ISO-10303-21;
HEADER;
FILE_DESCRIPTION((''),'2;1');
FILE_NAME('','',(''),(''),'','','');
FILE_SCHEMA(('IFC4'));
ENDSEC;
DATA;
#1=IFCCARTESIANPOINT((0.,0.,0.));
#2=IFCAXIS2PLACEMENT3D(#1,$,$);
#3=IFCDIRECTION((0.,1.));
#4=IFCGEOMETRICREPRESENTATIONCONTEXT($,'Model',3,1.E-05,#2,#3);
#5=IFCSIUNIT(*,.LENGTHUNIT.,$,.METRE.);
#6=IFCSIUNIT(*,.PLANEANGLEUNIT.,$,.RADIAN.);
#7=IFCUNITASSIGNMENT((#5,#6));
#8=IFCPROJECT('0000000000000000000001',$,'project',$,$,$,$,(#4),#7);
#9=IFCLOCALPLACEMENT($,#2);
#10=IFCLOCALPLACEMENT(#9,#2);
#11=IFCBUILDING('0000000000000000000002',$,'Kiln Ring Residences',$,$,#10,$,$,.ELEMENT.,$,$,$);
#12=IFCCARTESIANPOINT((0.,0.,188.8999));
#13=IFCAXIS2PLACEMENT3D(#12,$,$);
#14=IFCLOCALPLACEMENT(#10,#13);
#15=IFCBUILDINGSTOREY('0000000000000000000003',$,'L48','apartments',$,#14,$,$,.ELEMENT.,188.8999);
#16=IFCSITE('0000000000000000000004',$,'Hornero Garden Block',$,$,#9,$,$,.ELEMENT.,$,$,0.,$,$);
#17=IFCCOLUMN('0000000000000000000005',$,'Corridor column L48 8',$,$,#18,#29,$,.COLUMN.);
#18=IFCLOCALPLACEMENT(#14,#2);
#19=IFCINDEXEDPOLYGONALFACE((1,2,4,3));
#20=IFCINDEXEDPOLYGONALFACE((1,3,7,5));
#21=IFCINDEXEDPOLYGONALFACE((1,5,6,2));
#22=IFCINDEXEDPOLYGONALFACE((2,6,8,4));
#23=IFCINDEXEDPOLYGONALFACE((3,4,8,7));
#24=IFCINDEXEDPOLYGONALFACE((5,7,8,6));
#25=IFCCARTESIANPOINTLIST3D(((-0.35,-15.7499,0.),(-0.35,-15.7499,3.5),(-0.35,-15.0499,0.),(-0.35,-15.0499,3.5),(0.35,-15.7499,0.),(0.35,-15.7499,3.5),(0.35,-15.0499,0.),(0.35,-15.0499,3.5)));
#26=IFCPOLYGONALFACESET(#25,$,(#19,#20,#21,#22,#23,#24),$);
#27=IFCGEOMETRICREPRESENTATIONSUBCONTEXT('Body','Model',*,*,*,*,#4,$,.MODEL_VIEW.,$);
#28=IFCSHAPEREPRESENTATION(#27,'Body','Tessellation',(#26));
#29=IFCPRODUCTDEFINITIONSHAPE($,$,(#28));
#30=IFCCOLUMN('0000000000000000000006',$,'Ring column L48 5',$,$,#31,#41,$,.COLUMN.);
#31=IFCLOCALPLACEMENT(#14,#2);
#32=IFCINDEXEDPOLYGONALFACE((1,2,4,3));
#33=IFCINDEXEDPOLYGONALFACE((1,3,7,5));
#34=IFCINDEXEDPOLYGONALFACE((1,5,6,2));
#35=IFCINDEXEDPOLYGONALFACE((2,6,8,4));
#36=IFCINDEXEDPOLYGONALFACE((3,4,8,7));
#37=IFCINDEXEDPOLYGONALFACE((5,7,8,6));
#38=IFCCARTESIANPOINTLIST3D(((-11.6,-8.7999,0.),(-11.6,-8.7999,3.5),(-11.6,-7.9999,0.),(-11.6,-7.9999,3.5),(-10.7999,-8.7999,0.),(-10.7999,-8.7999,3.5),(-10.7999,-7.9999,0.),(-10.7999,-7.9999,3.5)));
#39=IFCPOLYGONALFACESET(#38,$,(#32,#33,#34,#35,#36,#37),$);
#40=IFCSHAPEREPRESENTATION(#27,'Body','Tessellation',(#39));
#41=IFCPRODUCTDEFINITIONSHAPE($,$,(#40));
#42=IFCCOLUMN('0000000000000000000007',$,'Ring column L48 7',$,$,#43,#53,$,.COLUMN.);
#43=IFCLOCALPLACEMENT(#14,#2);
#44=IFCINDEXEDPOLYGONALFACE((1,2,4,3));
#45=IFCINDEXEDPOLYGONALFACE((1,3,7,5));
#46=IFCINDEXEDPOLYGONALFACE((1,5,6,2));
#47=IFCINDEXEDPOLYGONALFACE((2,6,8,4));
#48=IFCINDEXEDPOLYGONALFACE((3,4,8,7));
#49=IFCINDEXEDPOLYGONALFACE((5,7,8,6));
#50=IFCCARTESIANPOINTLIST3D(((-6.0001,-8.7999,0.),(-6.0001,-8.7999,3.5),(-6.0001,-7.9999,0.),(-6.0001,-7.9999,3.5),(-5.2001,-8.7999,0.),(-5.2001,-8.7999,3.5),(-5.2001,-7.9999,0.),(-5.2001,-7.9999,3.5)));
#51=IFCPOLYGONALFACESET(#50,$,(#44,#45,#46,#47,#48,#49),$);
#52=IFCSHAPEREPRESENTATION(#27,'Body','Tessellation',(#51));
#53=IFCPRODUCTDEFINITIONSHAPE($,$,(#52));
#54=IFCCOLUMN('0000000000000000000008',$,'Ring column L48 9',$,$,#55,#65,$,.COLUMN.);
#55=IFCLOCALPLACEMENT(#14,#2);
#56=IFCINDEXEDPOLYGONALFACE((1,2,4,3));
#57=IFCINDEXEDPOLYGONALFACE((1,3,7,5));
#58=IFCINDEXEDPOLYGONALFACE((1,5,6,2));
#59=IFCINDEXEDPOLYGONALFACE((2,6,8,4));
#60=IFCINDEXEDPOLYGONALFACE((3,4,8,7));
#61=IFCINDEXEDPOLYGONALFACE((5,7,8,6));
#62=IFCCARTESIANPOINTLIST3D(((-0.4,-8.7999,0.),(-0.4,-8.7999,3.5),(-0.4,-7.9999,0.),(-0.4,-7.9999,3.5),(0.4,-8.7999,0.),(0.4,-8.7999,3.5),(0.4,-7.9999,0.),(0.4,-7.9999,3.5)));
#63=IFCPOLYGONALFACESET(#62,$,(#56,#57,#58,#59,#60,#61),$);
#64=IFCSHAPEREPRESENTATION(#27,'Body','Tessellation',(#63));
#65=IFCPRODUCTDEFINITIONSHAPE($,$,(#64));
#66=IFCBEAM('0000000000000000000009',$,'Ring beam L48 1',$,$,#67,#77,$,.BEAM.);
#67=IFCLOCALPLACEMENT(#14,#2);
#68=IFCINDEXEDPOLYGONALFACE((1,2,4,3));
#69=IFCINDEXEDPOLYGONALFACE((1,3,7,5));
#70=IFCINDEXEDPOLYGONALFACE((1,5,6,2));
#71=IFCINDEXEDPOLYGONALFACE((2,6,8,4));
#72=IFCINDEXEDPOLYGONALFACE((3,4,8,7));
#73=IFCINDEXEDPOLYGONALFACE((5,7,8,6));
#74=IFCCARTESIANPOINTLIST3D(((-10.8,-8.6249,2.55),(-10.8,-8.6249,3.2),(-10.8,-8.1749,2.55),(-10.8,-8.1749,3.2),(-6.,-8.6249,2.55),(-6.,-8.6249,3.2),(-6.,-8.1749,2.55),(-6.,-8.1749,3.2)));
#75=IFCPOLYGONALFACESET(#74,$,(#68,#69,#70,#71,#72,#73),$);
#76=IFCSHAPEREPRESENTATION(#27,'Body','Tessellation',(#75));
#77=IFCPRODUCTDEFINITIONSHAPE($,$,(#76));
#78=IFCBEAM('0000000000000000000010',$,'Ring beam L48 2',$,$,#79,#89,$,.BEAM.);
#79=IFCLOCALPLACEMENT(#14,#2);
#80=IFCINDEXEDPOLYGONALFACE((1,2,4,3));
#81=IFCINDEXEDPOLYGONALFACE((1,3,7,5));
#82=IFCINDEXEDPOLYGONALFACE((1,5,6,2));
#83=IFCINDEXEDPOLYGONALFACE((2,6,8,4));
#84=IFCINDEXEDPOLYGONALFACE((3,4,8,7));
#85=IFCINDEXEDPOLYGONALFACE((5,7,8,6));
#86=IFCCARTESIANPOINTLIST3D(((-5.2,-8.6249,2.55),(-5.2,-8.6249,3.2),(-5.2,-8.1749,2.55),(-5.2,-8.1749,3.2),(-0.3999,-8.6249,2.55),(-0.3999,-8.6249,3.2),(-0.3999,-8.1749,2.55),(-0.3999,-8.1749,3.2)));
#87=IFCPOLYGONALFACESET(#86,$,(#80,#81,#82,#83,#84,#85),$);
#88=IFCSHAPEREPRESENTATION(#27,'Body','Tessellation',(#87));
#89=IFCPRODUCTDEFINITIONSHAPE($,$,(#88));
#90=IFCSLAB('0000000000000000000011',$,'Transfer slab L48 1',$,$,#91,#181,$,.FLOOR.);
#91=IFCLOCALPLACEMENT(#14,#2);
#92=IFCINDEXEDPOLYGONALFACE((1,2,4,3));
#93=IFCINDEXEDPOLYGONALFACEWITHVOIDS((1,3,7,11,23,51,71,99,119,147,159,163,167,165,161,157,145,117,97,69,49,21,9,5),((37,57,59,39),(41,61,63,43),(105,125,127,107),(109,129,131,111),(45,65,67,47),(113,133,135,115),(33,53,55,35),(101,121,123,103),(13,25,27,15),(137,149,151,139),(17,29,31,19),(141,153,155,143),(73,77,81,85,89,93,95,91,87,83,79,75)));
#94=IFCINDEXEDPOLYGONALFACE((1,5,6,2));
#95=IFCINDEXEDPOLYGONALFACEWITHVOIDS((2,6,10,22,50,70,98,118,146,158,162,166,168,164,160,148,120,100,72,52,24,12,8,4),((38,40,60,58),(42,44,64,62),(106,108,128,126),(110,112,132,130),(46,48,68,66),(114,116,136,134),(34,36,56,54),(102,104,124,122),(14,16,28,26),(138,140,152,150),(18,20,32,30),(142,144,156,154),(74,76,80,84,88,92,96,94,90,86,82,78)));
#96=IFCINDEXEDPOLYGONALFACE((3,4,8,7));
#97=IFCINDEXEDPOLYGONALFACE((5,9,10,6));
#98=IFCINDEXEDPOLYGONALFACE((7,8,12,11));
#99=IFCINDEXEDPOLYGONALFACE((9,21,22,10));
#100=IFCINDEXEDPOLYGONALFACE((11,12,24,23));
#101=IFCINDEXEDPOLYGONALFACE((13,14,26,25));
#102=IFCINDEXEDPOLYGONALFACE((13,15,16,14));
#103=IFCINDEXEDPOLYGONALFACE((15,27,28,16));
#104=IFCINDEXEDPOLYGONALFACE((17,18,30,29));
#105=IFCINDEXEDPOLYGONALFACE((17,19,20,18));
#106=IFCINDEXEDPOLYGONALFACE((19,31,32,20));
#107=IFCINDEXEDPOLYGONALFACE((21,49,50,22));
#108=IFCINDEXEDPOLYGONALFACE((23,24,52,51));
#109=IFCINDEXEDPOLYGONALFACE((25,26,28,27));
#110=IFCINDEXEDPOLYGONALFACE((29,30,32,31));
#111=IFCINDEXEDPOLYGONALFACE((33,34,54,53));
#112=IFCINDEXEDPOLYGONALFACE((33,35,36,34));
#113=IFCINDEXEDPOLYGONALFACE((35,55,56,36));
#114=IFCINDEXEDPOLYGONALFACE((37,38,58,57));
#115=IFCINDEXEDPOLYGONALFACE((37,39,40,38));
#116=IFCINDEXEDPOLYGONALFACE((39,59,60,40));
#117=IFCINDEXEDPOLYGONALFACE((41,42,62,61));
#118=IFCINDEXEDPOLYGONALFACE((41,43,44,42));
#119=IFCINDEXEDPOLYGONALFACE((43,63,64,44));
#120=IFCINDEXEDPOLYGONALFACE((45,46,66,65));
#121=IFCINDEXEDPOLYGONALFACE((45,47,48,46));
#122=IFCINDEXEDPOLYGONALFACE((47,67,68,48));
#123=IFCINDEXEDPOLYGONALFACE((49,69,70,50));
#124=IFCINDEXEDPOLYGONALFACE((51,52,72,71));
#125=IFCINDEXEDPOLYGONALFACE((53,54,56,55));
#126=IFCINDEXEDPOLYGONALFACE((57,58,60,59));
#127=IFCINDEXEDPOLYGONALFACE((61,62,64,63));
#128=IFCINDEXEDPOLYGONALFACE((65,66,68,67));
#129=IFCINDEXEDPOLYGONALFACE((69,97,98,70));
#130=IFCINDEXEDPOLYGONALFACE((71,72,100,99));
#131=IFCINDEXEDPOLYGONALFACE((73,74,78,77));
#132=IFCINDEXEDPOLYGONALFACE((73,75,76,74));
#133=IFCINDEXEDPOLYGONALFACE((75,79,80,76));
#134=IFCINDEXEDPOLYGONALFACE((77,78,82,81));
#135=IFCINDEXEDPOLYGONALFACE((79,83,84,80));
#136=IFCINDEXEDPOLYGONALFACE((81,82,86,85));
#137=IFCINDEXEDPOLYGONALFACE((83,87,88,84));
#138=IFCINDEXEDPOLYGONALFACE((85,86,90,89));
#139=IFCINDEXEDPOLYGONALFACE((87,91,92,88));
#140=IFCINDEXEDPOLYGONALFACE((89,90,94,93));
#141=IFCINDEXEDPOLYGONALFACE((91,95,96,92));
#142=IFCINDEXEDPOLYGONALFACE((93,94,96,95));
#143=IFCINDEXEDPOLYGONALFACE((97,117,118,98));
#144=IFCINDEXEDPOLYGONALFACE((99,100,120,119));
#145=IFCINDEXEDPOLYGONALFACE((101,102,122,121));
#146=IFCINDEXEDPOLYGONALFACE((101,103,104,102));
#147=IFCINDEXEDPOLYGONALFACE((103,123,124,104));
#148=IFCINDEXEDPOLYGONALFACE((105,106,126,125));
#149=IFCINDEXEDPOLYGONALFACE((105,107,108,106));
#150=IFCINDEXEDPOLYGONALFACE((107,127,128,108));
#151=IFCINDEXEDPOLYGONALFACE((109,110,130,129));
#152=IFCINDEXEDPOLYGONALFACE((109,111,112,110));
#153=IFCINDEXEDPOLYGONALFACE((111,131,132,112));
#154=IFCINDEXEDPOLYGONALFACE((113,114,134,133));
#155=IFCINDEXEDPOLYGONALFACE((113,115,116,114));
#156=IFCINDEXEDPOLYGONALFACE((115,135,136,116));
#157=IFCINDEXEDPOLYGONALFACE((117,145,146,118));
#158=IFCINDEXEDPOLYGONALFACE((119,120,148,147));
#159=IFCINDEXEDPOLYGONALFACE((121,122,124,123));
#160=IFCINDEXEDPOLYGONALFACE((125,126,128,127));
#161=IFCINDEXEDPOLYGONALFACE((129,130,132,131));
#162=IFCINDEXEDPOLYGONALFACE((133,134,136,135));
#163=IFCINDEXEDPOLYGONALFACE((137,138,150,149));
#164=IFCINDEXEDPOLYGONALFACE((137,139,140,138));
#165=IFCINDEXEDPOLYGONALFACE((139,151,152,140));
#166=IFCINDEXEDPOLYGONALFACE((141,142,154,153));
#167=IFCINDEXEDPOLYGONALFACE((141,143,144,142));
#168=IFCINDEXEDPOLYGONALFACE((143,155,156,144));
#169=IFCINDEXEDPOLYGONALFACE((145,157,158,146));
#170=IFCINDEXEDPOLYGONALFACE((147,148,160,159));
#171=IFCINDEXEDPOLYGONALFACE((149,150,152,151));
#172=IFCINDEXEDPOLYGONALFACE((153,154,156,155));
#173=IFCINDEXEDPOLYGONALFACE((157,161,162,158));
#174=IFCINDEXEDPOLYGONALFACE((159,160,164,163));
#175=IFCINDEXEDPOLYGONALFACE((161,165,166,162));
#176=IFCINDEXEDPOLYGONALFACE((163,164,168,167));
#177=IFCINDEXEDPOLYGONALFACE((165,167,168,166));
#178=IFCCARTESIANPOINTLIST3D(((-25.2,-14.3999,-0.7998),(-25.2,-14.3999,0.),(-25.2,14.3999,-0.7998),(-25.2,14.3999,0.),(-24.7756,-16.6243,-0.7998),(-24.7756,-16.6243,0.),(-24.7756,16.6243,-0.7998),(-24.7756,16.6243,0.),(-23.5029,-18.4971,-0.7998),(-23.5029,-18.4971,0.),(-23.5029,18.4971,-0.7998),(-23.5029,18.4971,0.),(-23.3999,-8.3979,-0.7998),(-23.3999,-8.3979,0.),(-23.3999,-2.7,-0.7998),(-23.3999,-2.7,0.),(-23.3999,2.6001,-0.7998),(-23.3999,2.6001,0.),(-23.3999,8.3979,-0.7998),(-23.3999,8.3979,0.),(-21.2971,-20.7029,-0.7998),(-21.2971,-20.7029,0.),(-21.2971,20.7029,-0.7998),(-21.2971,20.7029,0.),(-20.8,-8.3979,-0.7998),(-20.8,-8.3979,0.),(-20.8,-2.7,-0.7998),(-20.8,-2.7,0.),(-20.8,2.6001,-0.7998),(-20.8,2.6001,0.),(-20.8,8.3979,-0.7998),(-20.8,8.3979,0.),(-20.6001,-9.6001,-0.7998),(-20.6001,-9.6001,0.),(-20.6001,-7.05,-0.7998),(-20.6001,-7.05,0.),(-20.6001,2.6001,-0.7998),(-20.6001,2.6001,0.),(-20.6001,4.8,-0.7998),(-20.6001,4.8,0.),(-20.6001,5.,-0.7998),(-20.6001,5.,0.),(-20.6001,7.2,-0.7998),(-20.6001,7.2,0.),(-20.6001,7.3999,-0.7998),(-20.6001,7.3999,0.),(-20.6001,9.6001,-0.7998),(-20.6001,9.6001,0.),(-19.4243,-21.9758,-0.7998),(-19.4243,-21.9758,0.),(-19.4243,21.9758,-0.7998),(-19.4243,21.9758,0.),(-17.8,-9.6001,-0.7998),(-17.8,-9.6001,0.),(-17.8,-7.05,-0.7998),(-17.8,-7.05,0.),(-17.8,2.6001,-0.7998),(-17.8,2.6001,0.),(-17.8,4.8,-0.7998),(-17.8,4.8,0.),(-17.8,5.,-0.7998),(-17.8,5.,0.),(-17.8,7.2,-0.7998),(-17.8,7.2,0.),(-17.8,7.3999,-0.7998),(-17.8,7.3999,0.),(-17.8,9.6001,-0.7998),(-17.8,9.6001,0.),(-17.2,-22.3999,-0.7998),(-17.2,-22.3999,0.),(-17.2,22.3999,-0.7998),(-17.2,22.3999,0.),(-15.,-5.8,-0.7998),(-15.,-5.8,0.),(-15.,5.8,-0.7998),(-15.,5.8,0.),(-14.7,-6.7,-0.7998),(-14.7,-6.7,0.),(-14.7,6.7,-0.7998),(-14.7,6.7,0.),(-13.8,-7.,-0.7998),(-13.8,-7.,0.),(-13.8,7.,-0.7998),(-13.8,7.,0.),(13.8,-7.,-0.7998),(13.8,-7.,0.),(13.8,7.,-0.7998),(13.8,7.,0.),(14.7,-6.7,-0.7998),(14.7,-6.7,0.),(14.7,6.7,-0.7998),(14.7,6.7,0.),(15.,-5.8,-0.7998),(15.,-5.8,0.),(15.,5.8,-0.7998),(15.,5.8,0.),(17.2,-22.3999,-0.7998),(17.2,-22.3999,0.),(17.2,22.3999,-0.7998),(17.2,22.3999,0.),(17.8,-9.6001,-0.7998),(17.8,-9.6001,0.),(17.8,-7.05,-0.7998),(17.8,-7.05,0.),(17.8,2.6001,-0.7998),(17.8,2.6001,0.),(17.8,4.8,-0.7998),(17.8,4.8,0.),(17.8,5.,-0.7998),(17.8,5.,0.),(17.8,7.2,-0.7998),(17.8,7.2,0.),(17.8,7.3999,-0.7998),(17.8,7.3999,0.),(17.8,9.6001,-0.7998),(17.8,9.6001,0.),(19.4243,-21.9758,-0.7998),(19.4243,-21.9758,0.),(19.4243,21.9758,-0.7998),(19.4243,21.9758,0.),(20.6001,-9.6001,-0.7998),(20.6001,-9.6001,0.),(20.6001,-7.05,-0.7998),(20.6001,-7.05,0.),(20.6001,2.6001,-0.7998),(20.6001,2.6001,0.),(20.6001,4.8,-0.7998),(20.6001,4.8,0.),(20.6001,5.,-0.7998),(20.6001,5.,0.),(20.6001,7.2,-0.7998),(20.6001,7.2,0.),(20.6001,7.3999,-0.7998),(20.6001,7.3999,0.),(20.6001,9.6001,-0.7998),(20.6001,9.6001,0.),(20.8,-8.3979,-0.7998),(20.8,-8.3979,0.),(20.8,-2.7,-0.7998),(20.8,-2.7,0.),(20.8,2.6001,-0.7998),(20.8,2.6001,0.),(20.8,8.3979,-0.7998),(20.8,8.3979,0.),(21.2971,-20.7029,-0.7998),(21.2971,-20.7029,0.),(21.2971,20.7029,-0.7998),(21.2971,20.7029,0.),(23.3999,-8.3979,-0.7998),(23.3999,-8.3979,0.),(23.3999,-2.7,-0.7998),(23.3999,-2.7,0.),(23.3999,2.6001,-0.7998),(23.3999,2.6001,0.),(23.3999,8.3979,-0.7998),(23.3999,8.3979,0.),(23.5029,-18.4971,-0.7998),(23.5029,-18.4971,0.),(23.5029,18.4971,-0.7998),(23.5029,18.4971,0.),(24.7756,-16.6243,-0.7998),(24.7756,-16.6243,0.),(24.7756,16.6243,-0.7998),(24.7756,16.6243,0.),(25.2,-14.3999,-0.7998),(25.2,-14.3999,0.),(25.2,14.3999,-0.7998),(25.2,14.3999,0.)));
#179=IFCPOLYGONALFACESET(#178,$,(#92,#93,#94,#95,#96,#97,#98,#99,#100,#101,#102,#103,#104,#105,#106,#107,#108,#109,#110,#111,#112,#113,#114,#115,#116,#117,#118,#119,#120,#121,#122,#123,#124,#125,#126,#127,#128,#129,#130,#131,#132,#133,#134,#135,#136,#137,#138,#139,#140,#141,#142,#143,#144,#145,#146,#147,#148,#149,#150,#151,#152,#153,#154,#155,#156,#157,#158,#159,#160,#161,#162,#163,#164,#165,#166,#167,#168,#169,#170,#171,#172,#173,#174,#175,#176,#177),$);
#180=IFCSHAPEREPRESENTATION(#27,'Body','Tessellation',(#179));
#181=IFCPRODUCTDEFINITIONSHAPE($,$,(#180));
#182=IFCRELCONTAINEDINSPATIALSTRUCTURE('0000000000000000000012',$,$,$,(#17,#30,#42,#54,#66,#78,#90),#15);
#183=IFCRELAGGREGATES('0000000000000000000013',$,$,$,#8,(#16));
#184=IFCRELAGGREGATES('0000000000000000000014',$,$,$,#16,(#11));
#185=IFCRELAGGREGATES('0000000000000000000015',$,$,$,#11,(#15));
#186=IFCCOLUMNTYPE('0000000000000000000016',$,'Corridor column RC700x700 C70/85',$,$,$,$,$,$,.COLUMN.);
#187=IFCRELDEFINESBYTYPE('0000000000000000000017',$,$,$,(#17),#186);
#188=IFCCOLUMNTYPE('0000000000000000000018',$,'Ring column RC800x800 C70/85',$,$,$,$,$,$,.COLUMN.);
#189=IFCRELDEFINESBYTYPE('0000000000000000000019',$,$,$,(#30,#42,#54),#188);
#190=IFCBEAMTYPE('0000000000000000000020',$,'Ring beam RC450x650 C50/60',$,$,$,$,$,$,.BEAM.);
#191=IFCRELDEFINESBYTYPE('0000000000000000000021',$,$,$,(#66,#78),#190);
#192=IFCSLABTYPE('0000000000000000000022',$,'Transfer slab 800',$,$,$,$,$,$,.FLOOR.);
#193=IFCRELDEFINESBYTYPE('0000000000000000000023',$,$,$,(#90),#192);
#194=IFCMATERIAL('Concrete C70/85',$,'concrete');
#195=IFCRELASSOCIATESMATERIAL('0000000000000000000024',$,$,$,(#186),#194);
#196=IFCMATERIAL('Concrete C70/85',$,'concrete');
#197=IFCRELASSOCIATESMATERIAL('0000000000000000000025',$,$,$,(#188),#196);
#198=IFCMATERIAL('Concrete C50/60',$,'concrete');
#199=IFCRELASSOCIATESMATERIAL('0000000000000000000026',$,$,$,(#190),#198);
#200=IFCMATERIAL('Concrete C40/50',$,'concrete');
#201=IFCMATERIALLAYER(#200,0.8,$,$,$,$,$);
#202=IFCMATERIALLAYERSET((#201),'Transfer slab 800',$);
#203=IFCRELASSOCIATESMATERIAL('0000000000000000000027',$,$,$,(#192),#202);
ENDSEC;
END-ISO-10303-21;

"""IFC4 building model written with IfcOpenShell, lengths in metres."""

from ifc_helpers import new_model, si_unit, direction, frame, origin, origin_2d, place, context, subcontext, project, spatial, polyline, rectangle, outline, extrude, material, layer, layer_set, material_profile, profile_set, type_object, element, save


model = new_model("IFC4")

# Units and contexts
model_context = context("Model", 3, precision=1e-05, world=origin(), true_north=direction((0.0, 1.0)))
body_context = subcontext(model_context, "Body", "Model", "MODEL_VIEW")
ifc_project = project(units=[si_unit("LENGTHUNIT", "METRE"), si_unit("PLANEANGLEUNIT", "RADIAN")], contexts=[model_context])

# Site, building, storey
site_placement = place(None, origin())
site = spatial("IfcSite", under=ifc_project, at=site_placement, Name="Hornero Garden Block", CompositionType="ELEMENT", RefElevation=0.0)
building_placement = place(site_placement, origin())
building = spatial("IfcBuilding", under=site, at=building_placement, Name="Kiln Ring Residences", CompositionType="ELEMENT")
storey_placement = place(building_placement, frame((0.0, 0.0, 188.8999)))
storey = spatial("IfcBuildingStorey", under=building, at=storey_placement, Name="L48", Description="apartments", CompositionType="ELEMENT", Elevation=188.8999)

# Columns
ifc_material_1 = material(Name="Concrete C70/85", Category="concrete")
ifc_material_profile_1 = material_profile(ifc_material_1, rectangle(XDim=0.7, YDim=0.7, at=origin_2d()), Name="RC700x700")
ifc_profile_set_1 = profile_set([ifc_material_profile_1], Name="Concrete C70/85")
column_type_1 = type_object("IfcColumnType", Name="Corridor column RC700x700 C70/85", PredefinedType="COLUMN", material=ifc_profile_set_1)
column_placement = place(storey_placement, frame((0.0, -15.3999, 0.0), z_axis=(0.0, 0.0, 1.0), x_axis=(1.0, 0.0, 0.0)))
element("IfcColumn", 1, at=column_placement, inside=storey, type_object=column_type_1, Name="Corridor column L48 8", PredefinedType="COLUMN", context=body_context, shape_type="SweptSolid", body=[
    extrude(rectangle(XDim=0.7, YDim=0.7, at=origin_2d()), origin(), (0.0, 0.0, 1.0), 3.5),
])
ifc_material_2 = material(Name="Concrete C70/85", Category="concrete")
ifc_material_profile_2 = material_profile(ifc_material_2, rectangle(XDim=0.8, YDim=0.8, at=origin_2d()), Name="RC800x800")
ifc_profile_set_2 = profile_set([ifc_material_profile_2], Name="Concrete C70/85")
column_type_2 = type_object("IfcColumnType", Name="Ring column RC800x800 C70/85", PredefinedType="COLUMN", material=ifc_profile_set_2)
for number, where, z_axis, x_axis, name in (
    (2, (-11.2, -8.3999, 0.0), (0.0, 0.0, 1.0), (1.0, 0.0, 0.0), "Ring column L48 5"),
    (3, (-5.6001, -8.3999, 0.0), (0.0, 0.0, 1.0), (1.0, 0.0, 0.0), "Ring column L48 7"),
    (4, (0.0, -8.3999, 0.0), (0.0, 0.0, 1.0), (1.0, 0.0, 0.0), "Ring column L48 9"),
):
    element("IfcColumn", number, at=place(storey_placement, frame(where, z_axis=z_axis, x_axis=x_axis)), inside=storey, type_object=column_type_2, Name=name, PredefinedType="COLUMN", context=body_context, shape_type="SweptSolid", body=[
        extrude(rectangle(XDim=0.8, YDim=0.8, at=origin_2d()), origin(), (0.0, 0.0, 1.0), 3.5),
    ])

# Beams
ifc_material_3 = material(Name="Concrete C50/60", Category="concrete")
ifc_material_profile_3 = material_profile(ifc_material_3, rectangle(XDim=0.45, YDim=0.6499, at=origin_2d()), Name="RC450x650")
ifc_profile_set_3 = profile_set([ifc_material_profile_3], Name="Concrete C50/60")
beam_type = type_object("IfcBeamType", Name="Ring beam RC450x650 C50/60", PredefinedType="BEAM", material=ifc_profile_set_3)
for number, where, z_axis, x_axis, name in (
    (5, (-10.8, -8.3999, 2.875), (1.0, 0.0, 0.0), (0.0, 1.0, 0.0), "Ring beam L48 1"),
    (6, (-5.2, -8.3999, 2.875), (1.0, 0.0, 0.0), (0.0, 1.0, 0.0), "Ring beam L48 2"),
):
    element("IfcBeam", number, at=place(storey_placement, frame(where, z_axis=z_axis, x_axis=x_axis)), inside=storey, type_object=beam_type, Name=name, PredefinedType="BEAM", context=body_context, shape_type="SweptSolid", body=[
        extrude(rectangle(XDim=0.45, YDim=0.6499, at=origin_2d()), origin(), (0.0, 0.0, 1.0), 4.8),
    ])

# Slab
ifc_material_4 = material(Name="Concrete C40/50", Category="concrete")
ifc_layer_1 = layer(ifc_material_4, 0.8)
ifc_layer_set_1 = layer_set([ifc_layer_1], Name="Transfer slab 800")
slab_type = type_object("IfcSlabType", Name="Transfer slab 800", PredefinedType="FLOOR", material=ifc_layer_set_1)
slab_placement = place(storey_placement, frame((0.0, 0.0, -0.7998)))
element("IfcSlab", 7, at=slab_placement, inside=storey, type_object=slab_type, Name="Transfer slab L48 1", PredefinedType="FLOOR", context=body_context, shape_type="SweptSolid", body=[
    extrude(outline(polyline([(-23.5029, -18.4971), (-21.2971, -20.7029), (-19.4243, -21.9758), (-17.2, -22.3999), (17.2, -22.3999), (19.4243, -21.9758), (21.2971, -20.7029), (23.5029, -18.4971), (24.7756, -16.6243), (25.2, -14.3999), (25.2, 14.3999), (24.7756, 16.6243), (23.5029, 18.4971), (21.2971, 20.7029), (19.4243, 21.9758), (17.2, 22.3999), (-17.2, 22.3999), (-19.4243, 21.9758), (-21.2971, 20.7029), (-23.5029, 18.4971), (-24.7756, 16.6243), (-25.2, 14.3999), (-25.2, -14.3999), (-24.7756, -16.6243), (-23.5029, -18.4971)]), holes=[polyline([(-14.7, -6.7), (-15.0, -5.8), (-15.0, 5.8), (-14.7, 6.7), (-13.8, 7.0), (13.8, 7.0), (14.7, 6.7), (15.0, 5.8), (15.0, -5.8), (14.7, -6.7), (13.8, -7.0), (-13.8, -7.0), (-14.7, -6.7)]), polyline([(20.8, -8.3979), (20.8, -2.7), (23.3999, -2.7), (23.3999, -8.3979), (20.8, -8.3979)]), polyline([(23.3999, 2.6001), (20.8, 2.6001), (20.8, 8.3979), (23.3999, 8.3979), (23.3999, 2.6001)]), polyline([(17.8, 2.6001), (17.8, 4.8), (20.6001, 4.8), (20.6001, 2.6001), (17.8, 2.6001)]), polyline([(17.8, 5.0), (17.8, 7.2), (20.6001, 7.2), (20.6001, 5.0), (17.8, 5.0)]), polyline([(17.8, 7.3999), (17.8, 9.6001), (20.6001, 9.6001), (20.6001, 7.3999), (17.8, 7.3999)]), polyline([(20.6001, -9.6001), (17.8, -9.6001), (17.8, -7.05), (20.6001, -7.05), (20.6001, -9.6001)]), polyline([(-17.8, -7.05), (-17.8, -9.6001), (-20.6001, -9.6001), (-20.6001, -7.05), (-17.8, -7.05)]), polyline([(-17.8, 2.6001), (-20.6001, 2.6001), (-20.6001, 4.8), (-17.8, 4.8), (-17.8, 2.6001)]), polyline([(-17.8, 5.0), (-20.6001, 5.0), (-20.6001, 7.2), (-17.8, 7.2), (-17.8, 5.0)]), polyline([(-17.8, 7.3999), (-20.6001, 7.3999), (-20.6001, 9.6001), (-17.8, 9.6001), (-17.8, 7.3999)]), polyline([(-20.8, -8.3979), (-23.3999, -8.3979), (-23.3999, -2.7), (-20.8, -2.7), (-20.8, -8.3979)]), polyline([(-20.8, 8.3979), (-20.8, 2.6001), (-23.3999, 2.6001), (-23.3999, 8.3979), (-20.8, 8.3979)])]), origin(), (0.0, 0.0, 1.0), 0.7998),
])

save(model, "model.ifc")
